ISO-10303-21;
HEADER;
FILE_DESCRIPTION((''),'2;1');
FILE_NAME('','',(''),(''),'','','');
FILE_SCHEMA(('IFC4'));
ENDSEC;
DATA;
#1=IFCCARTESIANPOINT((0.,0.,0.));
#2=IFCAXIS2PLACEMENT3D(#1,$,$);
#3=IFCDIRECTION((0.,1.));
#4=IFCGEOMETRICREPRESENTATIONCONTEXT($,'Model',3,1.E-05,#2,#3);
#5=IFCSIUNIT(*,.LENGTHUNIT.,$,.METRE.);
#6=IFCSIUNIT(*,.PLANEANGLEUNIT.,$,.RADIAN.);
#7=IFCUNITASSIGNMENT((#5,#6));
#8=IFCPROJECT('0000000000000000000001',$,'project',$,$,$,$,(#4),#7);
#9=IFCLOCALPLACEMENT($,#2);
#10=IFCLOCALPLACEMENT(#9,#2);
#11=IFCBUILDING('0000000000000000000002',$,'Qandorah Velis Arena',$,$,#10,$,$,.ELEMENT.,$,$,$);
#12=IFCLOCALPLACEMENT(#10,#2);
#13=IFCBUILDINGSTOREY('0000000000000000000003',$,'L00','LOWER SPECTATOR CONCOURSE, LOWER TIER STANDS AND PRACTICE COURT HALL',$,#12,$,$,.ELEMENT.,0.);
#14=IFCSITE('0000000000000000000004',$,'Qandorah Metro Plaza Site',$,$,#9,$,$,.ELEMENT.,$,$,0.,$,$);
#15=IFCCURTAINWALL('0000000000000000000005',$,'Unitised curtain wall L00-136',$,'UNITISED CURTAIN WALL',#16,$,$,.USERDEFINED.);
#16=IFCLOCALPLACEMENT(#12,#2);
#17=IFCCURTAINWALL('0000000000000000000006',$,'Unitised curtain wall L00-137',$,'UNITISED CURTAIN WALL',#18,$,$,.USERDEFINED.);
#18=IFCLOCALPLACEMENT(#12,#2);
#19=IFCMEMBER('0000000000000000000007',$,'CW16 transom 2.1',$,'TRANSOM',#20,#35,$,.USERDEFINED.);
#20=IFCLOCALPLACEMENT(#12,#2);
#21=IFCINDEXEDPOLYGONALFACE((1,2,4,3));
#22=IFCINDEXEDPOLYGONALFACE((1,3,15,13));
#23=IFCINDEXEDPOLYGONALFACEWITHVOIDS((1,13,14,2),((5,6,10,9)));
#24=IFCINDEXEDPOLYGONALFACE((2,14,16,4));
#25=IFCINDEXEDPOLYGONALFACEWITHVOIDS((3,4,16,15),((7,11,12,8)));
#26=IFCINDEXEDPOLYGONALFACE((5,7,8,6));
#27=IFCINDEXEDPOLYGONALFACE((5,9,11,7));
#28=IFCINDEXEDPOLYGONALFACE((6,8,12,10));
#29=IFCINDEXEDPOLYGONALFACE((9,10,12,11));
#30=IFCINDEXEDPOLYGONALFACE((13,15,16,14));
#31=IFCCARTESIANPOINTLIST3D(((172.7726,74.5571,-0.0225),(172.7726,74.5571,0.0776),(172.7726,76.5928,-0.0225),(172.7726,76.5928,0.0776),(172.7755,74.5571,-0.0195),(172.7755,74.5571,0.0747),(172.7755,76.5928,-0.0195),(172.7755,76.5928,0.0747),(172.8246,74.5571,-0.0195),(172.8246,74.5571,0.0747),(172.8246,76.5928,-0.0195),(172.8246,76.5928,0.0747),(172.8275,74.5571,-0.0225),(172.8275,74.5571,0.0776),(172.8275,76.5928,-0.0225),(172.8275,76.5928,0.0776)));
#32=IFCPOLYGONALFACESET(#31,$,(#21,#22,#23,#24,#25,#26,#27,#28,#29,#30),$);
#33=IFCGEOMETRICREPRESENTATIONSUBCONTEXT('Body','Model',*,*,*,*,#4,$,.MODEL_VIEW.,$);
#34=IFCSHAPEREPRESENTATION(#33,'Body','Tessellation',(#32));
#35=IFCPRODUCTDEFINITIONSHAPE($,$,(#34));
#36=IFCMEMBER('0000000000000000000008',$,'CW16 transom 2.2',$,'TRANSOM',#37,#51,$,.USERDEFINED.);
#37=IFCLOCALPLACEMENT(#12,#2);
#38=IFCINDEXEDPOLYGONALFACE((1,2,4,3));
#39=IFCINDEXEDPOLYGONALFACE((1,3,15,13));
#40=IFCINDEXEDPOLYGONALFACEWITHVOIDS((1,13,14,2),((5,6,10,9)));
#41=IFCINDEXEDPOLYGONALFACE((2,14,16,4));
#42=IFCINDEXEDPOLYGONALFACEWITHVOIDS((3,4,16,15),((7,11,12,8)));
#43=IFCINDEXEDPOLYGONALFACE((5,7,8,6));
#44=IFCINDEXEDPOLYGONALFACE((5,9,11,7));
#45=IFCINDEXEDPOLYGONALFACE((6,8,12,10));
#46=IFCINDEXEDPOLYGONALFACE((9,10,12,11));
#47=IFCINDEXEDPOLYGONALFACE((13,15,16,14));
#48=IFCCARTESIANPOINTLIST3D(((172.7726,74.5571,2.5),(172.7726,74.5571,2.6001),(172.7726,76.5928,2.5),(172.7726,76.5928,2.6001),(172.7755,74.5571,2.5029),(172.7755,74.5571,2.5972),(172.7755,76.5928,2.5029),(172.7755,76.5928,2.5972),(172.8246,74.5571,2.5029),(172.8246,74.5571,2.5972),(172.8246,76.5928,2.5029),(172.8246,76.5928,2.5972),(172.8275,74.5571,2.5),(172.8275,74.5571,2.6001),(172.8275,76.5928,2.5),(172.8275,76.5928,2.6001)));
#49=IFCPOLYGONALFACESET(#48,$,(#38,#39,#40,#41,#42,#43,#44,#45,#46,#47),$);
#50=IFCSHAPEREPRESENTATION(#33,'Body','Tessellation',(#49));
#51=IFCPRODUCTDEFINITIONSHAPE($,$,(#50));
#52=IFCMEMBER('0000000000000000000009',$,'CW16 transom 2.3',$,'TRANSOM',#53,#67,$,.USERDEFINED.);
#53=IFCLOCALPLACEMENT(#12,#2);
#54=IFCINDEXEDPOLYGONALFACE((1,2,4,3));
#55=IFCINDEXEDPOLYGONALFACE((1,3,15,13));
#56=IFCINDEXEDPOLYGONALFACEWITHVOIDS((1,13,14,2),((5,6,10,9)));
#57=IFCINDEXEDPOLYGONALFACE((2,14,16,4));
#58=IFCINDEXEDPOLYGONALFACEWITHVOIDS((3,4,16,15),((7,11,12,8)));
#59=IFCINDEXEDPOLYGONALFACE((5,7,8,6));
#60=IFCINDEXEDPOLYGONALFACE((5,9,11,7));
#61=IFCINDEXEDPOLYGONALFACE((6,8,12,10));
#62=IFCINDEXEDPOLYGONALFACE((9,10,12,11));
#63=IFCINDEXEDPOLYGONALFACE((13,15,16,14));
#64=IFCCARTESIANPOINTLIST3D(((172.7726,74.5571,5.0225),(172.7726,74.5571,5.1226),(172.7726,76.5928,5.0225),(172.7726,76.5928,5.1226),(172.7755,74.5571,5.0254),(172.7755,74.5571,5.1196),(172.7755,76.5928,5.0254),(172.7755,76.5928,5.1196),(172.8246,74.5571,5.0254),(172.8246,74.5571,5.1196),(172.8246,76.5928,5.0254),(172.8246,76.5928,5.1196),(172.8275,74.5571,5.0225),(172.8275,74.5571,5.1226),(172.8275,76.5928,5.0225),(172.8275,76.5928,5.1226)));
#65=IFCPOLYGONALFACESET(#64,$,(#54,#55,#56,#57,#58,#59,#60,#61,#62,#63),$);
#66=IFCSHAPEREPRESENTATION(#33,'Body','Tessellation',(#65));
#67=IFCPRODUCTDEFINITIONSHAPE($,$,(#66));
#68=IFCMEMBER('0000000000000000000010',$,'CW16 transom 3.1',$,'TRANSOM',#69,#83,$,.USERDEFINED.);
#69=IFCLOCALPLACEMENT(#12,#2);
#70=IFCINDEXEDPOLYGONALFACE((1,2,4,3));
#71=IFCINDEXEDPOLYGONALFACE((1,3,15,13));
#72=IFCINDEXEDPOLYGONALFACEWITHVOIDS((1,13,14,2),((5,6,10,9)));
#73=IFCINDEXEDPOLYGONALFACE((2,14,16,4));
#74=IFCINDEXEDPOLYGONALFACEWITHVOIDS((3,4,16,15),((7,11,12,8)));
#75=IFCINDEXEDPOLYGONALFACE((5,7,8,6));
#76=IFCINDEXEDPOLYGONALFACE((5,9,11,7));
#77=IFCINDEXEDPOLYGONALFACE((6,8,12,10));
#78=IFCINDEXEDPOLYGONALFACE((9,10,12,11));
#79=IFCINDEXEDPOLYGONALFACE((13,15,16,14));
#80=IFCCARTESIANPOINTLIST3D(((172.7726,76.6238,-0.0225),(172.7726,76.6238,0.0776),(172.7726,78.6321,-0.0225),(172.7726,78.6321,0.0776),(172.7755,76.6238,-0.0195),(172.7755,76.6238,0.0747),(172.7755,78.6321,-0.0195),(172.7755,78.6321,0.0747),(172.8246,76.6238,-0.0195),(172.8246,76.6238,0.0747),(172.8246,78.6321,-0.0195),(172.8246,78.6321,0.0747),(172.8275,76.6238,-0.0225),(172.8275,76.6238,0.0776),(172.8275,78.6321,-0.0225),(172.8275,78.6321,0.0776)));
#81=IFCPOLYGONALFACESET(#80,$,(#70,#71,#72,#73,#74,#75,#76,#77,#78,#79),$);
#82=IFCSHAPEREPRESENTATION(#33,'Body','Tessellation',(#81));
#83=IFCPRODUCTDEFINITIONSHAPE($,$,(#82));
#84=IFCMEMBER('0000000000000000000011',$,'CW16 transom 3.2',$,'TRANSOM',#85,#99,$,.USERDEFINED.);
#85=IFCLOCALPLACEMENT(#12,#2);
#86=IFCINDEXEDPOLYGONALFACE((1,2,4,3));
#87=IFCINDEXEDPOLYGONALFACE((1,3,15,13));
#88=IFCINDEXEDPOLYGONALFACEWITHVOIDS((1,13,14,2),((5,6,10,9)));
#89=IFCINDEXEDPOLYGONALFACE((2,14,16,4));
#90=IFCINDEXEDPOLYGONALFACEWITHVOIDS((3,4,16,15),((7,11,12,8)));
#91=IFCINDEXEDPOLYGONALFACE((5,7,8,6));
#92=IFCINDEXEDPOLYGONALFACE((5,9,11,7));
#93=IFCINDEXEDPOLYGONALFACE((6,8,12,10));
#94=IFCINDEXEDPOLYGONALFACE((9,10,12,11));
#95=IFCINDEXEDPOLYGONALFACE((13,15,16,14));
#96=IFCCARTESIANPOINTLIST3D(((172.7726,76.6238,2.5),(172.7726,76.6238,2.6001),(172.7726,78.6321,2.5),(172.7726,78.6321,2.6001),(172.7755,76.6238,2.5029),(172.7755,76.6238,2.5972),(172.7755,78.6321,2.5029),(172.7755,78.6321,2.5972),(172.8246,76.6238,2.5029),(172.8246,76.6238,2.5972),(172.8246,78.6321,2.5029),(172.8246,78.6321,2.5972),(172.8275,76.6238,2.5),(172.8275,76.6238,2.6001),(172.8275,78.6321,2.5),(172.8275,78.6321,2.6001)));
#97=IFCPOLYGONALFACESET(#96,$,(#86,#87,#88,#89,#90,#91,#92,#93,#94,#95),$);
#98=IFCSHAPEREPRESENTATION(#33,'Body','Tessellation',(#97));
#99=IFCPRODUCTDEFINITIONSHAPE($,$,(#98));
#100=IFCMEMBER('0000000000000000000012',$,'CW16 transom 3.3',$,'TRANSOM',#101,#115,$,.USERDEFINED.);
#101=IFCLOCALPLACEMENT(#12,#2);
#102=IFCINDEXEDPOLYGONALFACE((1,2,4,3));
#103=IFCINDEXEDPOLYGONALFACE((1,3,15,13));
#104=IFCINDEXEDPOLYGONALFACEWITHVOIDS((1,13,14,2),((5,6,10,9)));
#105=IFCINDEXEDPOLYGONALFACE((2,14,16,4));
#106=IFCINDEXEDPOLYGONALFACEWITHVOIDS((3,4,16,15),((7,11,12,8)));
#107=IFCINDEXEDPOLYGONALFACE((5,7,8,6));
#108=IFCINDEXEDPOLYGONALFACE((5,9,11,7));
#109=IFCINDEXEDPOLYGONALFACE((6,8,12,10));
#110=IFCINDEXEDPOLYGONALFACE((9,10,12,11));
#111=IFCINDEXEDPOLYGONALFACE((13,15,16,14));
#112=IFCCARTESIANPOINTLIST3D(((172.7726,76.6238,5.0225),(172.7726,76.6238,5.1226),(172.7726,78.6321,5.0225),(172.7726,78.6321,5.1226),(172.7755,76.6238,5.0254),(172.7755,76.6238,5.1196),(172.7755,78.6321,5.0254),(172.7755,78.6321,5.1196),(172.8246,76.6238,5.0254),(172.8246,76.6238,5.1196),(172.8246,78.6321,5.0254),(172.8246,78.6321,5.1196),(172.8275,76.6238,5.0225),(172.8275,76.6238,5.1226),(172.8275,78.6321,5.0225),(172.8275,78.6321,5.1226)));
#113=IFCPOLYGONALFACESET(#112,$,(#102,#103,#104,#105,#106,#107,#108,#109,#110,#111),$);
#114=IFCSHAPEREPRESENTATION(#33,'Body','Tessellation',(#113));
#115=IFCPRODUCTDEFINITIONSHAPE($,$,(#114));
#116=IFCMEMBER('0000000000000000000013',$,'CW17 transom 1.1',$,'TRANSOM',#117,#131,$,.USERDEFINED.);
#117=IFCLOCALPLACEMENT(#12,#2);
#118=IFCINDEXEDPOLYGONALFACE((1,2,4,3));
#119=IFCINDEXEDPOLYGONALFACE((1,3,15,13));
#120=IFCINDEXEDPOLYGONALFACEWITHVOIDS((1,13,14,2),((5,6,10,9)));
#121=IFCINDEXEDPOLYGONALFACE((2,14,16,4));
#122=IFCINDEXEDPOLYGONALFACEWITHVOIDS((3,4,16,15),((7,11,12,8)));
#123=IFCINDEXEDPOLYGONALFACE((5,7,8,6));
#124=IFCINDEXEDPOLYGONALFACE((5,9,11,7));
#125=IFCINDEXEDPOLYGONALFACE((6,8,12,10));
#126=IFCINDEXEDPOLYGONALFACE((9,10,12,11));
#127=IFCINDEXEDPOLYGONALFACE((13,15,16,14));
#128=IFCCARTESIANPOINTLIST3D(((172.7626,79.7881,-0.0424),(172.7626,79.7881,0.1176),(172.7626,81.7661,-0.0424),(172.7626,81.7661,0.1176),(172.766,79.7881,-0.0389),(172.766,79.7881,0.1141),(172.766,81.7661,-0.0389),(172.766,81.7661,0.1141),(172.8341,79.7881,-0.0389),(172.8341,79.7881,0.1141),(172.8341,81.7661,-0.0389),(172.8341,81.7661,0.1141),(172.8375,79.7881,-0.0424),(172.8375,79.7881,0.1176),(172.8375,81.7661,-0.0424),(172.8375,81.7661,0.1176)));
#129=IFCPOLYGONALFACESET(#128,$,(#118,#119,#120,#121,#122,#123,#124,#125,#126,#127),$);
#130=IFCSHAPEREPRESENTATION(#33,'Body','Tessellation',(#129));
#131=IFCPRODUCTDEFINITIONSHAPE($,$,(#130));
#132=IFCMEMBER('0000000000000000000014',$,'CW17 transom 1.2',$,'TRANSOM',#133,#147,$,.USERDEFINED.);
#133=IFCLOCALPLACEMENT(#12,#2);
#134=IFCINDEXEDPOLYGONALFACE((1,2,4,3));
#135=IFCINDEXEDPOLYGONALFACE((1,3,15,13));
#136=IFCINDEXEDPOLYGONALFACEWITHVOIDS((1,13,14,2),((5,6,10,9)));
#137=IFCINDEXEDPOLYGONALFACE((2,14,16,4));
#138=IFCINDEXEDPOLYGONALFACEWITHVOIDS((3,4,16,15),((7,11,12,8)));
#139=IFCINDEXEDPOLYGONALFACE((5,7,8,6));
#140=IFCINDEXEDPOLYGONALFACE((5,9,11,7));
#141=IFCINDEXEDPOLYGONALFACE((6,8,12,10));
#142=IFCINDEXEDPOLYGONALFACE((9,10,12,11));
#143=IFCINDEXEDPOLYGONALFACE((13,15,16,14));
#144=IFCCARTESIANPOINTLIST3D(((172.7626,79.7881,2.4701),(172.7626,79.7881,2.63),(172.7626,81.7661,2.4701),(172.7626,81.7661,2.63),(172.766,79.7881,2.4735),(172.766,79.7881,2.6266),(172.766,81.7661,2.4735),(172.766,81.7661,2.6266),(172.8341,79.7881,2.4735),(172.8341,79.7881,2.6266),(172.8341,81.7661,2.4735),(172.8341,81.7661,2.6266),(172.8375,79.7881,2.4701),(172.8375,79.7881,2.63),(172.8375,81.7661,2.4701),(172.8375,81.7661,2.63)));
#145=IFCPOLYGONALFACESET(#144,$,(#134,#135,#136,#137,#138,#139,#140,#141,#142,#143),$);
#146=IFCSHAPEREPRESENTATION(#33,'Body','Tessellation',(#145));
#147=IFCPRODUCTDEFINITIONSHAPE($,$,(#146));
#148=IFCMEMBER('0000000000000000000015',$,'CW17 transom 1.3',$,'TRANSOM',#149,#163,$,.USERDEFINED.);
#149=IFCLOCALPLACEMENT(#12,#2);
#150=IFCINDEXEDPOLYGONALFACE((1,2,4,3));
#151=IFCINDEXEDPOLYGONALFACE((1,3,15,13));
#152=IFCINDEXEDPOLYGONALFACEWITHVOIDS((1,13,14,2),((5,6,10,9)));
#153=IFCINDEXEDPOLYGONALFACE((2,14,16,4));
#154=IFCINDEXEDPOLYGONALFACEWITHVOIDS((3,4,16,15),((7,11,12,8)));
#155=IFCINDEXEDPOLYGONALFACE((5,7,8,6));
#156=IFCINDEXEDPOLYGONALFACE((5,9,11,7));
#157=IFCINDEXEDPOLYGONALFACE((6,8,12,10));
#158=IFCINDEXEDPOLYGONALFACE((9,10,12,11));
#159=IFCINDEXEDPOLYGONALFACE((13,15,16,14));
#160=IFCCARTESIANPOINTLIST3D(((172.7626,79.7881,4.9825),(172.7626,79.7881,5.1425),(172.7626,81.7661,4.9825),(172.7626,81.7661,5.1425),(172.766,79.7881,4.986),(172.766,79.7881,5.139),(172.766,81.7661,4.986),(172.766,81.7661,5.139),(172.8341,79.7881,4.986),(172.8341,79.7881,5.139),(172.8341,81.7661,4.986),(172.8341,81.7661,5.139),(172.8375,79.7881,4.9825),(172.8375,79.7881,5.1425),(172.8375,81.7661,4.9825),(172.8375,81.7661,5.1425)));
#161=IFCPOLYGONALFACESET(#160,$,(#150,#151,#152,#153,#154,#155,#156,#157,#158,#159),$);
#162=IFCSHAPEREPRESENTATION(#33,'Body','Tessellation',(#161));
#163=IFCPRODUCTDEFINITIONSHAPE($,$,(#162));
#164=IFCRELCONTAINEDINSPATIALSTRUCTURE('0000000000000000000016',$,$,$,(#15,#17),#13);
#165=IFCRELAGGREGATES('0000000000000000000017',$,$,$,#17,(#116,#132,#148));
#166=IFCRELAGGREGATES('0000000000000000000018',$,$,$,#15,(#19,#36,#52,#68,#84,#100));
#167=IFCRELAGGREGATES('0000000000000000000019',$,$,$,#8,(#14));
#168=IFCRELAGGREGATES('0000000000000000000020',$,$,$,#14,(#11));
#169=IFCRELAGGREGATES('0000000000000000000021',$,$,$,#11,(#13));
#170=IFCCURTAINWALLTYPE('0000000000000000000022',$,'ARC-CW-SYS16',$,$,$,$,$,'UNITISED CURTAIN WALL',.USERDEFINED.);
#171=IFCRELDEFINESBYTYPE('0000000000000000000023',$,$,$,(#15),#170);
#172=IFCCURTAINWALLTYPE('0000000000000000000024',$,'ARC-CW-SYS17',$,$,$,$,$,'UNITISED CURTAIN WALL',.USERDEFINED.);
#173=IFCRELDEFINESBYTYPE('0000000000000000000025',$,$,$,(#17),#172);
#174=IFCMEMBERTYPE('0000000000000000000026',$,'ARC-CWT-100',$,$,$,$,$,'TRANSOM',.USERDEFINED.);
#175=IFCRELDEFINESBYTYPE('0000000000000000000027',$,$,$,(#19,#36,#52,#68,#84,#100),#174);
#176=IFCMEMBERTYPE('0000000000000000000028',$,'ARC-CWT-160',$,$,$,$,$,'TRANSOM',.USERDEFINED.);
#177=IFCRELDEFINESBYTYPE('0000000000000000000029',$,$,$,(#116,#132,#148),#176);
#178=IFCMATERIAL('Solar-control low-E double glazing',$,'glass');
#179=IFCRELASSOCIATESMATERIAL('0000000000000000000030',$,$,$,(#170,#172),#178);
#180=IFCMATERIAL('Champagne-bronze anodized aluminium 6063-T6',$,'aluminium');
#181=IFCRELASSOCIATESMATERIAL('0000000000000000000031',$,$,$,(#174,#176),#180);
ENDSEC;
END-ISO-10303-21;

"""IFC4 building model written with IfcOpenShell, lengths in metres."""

from ifc_helpers import new_model, si_unit, direction, frame, origin, origin_2d, place, context, subcontext, project, spatial, hollow_rectangle, extrude, material, material_profile, profile_set, type_object, element, aggregate, save


model = new_model("IFC4")

# Units and contexts
model_context = context("Model", 3, precision=1e-05, world=origin(), true_north=direction((0.0, 1.0)))
body_context = subcontext(model_context, "Body", "Model", "MODEL_VIEW")
ifc_project = project(units=[si_unit("LENGTHUNIT", "METRE"), si_unit("PLANEANGLEUNIT", "RADIAN")], contexts=[model_context])

# Site, building, storey
site_placement = place(None, origin())
site = spatial("IfcSite", under=ifc_project, at=site_placement, Name="Qandorah Metro Plaza Site", CompositionType="ELEMENT", RefElevation=0.0)
building_placement = place(site_placement, origin())
building = spatial("IfcBuilding", under=site, at=building_placement, Name="Qandorah Velis Arena", CompositionType="ELEMENT")
storey_placement = place(building_placement, origin())
storey = spatial("IfcBuildingStorey", under=building, at=storey_placement, Name="L00", Description="LOWER SPECTATOR CONCOURSE, LOWER TIER STANDS AND PRACTICE COURT HALL", CompositionType="ELEMENT", Elevation=0.0)

# Curtain walls
ifc_material_1 = material(Name="Solar-control low-E double glazing", Category="glass")
curtain_wall_type_1 = type_object("IfcCurtainWallType", Name="ARC-CW-SYS16", ElementType="UNITISED CURTAIN WALL", PredefinedType="USERDEFINED", material=ifc_material_1)
curtain_wall_1_placement = place(storey_placement, origin())
curtain_wall_1 = element("IfcCurtainWall", 1, at=curtain_wall_1_placement, inside=storey, type_object=curtain_wall_type_1, Name="Unitised curtain wall L00-136", ObjectType="UNITISED CURTAIN WALL", PredefinedType="USERDEFINED")
ifc_material_2 = material(Name="Champagne-bronze anodized aluminium 6063-T6", Category="aluminium")
curtain_wall_type_2 = type_object("IfcCurtainWallType", Name="ARC-CW-SYS17", ElementType="UNITISED CURTAIN WALL", PredefinedType="USERDEFINED", material=ifc_material_1)
curtain_wall_2_placement = place(storey_placement, origin())
curtain_wall_2 = element("IfcCurtainWall", 2, at=curtain_wall_2_placement, inside=storey, type_object=curtain_wall_type_2, Name="Unitised curtain wall L00-137", ObjectType="UNITISED CURTAIN WALL", PredefinedType="USERDEFINED")

# Members
ifc_material_profile_1 = material_profile(ifc_material_2, hollow_rectangle(XDim=0.0549, YDim=0.1001, WallThickness=0.0029, at=origin_2d()), Name="ALU TRANSOM 55x100")
ifc_profile_set_1 = profile_set([ifc_material_profile_1], Name="Champagne-bronze anodized aluminium 6063-T6")
member_type_1 = type_object("IfcMemberType", Name="ARC-CWT-100", ElementType="TRANSOM", PredefinedType="USERDEFINED", material=ifc_profile_set_1)
member_1_placement = place(storey_placement, frame((172.8, 74.5571, 0.0276), z_axis=(0.0, 1.0, 0.0), x_axis=(-1.0, 0.0, 0.0)))
member_1 = element("IfcMember", 3, at=member_1_placement, type_object=member_type_1, Name="CW16 transom 2.1", ObjectType="TRANSOM", PredefinedType="USERDEFINED", context=body_context, shape_type="SweptSolid", body=[
    extrude(hollow_rectangle(XDim=0.0549, YDim=0.1001, WallThickness=0.0029, at=origin_2d()), origin(), (0.0, 0.0, 1.0), 2.0356),
])
member_2_placement = place(storey_placement, frame((172.8, 74.5571, 2.55), z_axis=(0.0, 1.0, 0.0), x_axis=(-1.0, 0.0, 0.0)))
member_2 = element("IfcMember", 4, at=member_2_placement, type_object=member_type_1, Name="CW16 transom 2.2", ObjectType="TRANSOM", PredefinedType="USERDEFINED", context=body_context, shape_type="SweptSolid", body=[
    extrude(hollow_rectangle(XDim=0.0549, YDim=0.1001, WallThickness=0.0029, at=origin_2d()), origin(), (0.0, 0.0, 1.0), 2.0356),
])
member_3_placement = place(storey_placement, frame((172.8, 74.5571, 5.0725), z_axis=(0.0, 1.0, 0.0), x_axis=(-1.0, 0.0, 0.0)))
member_3 = element("IfcMember", 5, at=member_3_placement, type_object=member_type_1, Name="CW16 transom 2.3", ObjectType="TRANSOM", PredefinedType="USERDEFINED", context=body_context, shape_type="SweptSolid", body=[
    extrude(hollow_rectangle(XDim=0.0549, YDim=0.1001, WallThickness=0.0029, at=origin_2d()), origin(), (0.0, 0.0, 1.0), 2.0356),
])
member_4_placement = place(storey_placement, frame((172.8, 76.6238, 0.0276), z_axis=(0.0, 1.0, 0.0), x_axis=(-1.0, 0.0, 0.0)))
member_4 = element("IfcMember", 6, at=member_4_placement, type_object=member_type_1, Name="CW16 transom 3.1", ObjectType="TRANSOM", PredefinedType="USERDEFINED", context=body_context, shape_type="SweptSolid", body=[
    extrude(hollow_rectangle(XDim=0.0549, YDim=0.1001, WallThickness=0.0029, at=origin_2d()), origin(), (0.0, 0.0, 1.0), 2.0083),
])
member_5_placement = place(storey_placement, frame((172.8, 76.6238, 2.55), z_axis=(0.0, 1.0, 0.0), x_axis=(-1.0, 0.0, 0.0)))
member_5 = element("IfcMember", 7, at=member_5_placement, type_object=member_type_1, Name="CW16 transom 3.2", ObjectType="TRANSOM", PredefinedType="USERDEFINED", context=body_context, shape_type="SweptSolid", body=[
    extrude(hollow_rectangle(XDim=0.0549, YDim=0.1001, WallThickness=0.0029, at=origin_2d()), origin(), (0.0, 0.0, 1.0), 2.0083),
])
member_6_placement = place(storey_placement, frame((172.8, 76.6238, 5.0725), z_axis=(0.0, 1.0, 0.0), x_axis=(-1.0, 0.0, 0.0)))
member_6 = element("IfcMember", 8, at=member_6_placement, type_object=member_type_1, Name="CW16 transom 3.3", ObjectType="TRANSOM", PredefinedType="USERDEFINED", context=body_context, shape_type="SweptSolid", body=[
    extrude(hollow_rectangle(XDim=0.0549, YDim=0.1001, WallThickness=0.0029, at=origin_2d()), origin(), (0.0, 0.0, 1.0), 2.0083),
])
ifc_material_profile_2 = material_profile(ifc_material_2, hollow_rectangle(XDim=0.075, YDim=0.1599, WallThickness=0.0034, at=origin_2d()), Name="ALU TRANSOM 75x160")
ifc_profile_set_2 = profile_set([ifc_material_profile_2], Name="Champagne-bronze anodized aluminium 6063-T6")
member_type_2 = type_object("IfcMemberType", Name="ARC-CWT-160", ElementType="TRANSOM", PredefinedType="USERDEFINED", material=ifc_profile_set_2)
member_7_placement = place(storey_placement, frame((172.8, 79.7881, 0.0376), z_axis=(0.0, 1.0, 0.0), x_axis=(-1.0, 0.0, 0.0)))
member_7 = element("IfcMember", 9, at=member_7_placement, type_object=member_type_2, Name="CW17 transom 1.1", ObjectType="TRANSOM", PredefinedType="USERDEFINED", context=body_context, shape_type="SweptSolid", body=[
    extrude(hollow_rectangle(XDim=0.075, YDim=0.1599, WallThickness=0.0034, at=origin_2d()), origin(), (0.0, 0.0, 1.0), 1.978),
])
member_8_placement = place(storey_placement, frame((172.8, 79.7881, 2.55), z_axis=(0.0, 1.0, 0.0), x_axis=(-1.0, 0.0, 0.0)))
member_8 = element("IfcMember", 10, at=member_8_placement, type_object=member_type_2, Name="CW17 transom 1.2", ObjectType="TRANSOM", PredefinedType="USERDEFINED", context=body_context, shape_type="SweptSolid", body=[
    extrude(hollow_rectangle(XDim=0.075, YDim=0.1599, WallThickness=0.0034, at=origin_2d()), origin(), (0.0, 0.0, 1.0), 1.978),
])
member_9_placement = place(storey_placement, frame((172.8, 79.7881, 5.0625), z_axis=(0.0, 1.0, 0.0), x_axis=(-1.0, 0.0, 0.0)))
member_9 = element("IfcMember", 11, at=member_9_placement, type_object=member_type_2, Name="CW17 transom 1.3", ObjectType="TRANSOM", PredefinedType="USERDEFINED", context=body_context, shape_type="SweptSolid", body=[
    extrude(hollow_rectangle(XDim=0.075, YDim=0.1599, WallThickness=0.0034, at=origin_2d()), origin(), (0.0, 0.0, 1.0), 1.978),
])

aggregate(curtain_wall_2, [member_7, member_8, member_9])
aggregate(curtain_wall_1, [member_1, member_2, member_3, member_4, member_5, member_6])

save(model, "model.ifc")
